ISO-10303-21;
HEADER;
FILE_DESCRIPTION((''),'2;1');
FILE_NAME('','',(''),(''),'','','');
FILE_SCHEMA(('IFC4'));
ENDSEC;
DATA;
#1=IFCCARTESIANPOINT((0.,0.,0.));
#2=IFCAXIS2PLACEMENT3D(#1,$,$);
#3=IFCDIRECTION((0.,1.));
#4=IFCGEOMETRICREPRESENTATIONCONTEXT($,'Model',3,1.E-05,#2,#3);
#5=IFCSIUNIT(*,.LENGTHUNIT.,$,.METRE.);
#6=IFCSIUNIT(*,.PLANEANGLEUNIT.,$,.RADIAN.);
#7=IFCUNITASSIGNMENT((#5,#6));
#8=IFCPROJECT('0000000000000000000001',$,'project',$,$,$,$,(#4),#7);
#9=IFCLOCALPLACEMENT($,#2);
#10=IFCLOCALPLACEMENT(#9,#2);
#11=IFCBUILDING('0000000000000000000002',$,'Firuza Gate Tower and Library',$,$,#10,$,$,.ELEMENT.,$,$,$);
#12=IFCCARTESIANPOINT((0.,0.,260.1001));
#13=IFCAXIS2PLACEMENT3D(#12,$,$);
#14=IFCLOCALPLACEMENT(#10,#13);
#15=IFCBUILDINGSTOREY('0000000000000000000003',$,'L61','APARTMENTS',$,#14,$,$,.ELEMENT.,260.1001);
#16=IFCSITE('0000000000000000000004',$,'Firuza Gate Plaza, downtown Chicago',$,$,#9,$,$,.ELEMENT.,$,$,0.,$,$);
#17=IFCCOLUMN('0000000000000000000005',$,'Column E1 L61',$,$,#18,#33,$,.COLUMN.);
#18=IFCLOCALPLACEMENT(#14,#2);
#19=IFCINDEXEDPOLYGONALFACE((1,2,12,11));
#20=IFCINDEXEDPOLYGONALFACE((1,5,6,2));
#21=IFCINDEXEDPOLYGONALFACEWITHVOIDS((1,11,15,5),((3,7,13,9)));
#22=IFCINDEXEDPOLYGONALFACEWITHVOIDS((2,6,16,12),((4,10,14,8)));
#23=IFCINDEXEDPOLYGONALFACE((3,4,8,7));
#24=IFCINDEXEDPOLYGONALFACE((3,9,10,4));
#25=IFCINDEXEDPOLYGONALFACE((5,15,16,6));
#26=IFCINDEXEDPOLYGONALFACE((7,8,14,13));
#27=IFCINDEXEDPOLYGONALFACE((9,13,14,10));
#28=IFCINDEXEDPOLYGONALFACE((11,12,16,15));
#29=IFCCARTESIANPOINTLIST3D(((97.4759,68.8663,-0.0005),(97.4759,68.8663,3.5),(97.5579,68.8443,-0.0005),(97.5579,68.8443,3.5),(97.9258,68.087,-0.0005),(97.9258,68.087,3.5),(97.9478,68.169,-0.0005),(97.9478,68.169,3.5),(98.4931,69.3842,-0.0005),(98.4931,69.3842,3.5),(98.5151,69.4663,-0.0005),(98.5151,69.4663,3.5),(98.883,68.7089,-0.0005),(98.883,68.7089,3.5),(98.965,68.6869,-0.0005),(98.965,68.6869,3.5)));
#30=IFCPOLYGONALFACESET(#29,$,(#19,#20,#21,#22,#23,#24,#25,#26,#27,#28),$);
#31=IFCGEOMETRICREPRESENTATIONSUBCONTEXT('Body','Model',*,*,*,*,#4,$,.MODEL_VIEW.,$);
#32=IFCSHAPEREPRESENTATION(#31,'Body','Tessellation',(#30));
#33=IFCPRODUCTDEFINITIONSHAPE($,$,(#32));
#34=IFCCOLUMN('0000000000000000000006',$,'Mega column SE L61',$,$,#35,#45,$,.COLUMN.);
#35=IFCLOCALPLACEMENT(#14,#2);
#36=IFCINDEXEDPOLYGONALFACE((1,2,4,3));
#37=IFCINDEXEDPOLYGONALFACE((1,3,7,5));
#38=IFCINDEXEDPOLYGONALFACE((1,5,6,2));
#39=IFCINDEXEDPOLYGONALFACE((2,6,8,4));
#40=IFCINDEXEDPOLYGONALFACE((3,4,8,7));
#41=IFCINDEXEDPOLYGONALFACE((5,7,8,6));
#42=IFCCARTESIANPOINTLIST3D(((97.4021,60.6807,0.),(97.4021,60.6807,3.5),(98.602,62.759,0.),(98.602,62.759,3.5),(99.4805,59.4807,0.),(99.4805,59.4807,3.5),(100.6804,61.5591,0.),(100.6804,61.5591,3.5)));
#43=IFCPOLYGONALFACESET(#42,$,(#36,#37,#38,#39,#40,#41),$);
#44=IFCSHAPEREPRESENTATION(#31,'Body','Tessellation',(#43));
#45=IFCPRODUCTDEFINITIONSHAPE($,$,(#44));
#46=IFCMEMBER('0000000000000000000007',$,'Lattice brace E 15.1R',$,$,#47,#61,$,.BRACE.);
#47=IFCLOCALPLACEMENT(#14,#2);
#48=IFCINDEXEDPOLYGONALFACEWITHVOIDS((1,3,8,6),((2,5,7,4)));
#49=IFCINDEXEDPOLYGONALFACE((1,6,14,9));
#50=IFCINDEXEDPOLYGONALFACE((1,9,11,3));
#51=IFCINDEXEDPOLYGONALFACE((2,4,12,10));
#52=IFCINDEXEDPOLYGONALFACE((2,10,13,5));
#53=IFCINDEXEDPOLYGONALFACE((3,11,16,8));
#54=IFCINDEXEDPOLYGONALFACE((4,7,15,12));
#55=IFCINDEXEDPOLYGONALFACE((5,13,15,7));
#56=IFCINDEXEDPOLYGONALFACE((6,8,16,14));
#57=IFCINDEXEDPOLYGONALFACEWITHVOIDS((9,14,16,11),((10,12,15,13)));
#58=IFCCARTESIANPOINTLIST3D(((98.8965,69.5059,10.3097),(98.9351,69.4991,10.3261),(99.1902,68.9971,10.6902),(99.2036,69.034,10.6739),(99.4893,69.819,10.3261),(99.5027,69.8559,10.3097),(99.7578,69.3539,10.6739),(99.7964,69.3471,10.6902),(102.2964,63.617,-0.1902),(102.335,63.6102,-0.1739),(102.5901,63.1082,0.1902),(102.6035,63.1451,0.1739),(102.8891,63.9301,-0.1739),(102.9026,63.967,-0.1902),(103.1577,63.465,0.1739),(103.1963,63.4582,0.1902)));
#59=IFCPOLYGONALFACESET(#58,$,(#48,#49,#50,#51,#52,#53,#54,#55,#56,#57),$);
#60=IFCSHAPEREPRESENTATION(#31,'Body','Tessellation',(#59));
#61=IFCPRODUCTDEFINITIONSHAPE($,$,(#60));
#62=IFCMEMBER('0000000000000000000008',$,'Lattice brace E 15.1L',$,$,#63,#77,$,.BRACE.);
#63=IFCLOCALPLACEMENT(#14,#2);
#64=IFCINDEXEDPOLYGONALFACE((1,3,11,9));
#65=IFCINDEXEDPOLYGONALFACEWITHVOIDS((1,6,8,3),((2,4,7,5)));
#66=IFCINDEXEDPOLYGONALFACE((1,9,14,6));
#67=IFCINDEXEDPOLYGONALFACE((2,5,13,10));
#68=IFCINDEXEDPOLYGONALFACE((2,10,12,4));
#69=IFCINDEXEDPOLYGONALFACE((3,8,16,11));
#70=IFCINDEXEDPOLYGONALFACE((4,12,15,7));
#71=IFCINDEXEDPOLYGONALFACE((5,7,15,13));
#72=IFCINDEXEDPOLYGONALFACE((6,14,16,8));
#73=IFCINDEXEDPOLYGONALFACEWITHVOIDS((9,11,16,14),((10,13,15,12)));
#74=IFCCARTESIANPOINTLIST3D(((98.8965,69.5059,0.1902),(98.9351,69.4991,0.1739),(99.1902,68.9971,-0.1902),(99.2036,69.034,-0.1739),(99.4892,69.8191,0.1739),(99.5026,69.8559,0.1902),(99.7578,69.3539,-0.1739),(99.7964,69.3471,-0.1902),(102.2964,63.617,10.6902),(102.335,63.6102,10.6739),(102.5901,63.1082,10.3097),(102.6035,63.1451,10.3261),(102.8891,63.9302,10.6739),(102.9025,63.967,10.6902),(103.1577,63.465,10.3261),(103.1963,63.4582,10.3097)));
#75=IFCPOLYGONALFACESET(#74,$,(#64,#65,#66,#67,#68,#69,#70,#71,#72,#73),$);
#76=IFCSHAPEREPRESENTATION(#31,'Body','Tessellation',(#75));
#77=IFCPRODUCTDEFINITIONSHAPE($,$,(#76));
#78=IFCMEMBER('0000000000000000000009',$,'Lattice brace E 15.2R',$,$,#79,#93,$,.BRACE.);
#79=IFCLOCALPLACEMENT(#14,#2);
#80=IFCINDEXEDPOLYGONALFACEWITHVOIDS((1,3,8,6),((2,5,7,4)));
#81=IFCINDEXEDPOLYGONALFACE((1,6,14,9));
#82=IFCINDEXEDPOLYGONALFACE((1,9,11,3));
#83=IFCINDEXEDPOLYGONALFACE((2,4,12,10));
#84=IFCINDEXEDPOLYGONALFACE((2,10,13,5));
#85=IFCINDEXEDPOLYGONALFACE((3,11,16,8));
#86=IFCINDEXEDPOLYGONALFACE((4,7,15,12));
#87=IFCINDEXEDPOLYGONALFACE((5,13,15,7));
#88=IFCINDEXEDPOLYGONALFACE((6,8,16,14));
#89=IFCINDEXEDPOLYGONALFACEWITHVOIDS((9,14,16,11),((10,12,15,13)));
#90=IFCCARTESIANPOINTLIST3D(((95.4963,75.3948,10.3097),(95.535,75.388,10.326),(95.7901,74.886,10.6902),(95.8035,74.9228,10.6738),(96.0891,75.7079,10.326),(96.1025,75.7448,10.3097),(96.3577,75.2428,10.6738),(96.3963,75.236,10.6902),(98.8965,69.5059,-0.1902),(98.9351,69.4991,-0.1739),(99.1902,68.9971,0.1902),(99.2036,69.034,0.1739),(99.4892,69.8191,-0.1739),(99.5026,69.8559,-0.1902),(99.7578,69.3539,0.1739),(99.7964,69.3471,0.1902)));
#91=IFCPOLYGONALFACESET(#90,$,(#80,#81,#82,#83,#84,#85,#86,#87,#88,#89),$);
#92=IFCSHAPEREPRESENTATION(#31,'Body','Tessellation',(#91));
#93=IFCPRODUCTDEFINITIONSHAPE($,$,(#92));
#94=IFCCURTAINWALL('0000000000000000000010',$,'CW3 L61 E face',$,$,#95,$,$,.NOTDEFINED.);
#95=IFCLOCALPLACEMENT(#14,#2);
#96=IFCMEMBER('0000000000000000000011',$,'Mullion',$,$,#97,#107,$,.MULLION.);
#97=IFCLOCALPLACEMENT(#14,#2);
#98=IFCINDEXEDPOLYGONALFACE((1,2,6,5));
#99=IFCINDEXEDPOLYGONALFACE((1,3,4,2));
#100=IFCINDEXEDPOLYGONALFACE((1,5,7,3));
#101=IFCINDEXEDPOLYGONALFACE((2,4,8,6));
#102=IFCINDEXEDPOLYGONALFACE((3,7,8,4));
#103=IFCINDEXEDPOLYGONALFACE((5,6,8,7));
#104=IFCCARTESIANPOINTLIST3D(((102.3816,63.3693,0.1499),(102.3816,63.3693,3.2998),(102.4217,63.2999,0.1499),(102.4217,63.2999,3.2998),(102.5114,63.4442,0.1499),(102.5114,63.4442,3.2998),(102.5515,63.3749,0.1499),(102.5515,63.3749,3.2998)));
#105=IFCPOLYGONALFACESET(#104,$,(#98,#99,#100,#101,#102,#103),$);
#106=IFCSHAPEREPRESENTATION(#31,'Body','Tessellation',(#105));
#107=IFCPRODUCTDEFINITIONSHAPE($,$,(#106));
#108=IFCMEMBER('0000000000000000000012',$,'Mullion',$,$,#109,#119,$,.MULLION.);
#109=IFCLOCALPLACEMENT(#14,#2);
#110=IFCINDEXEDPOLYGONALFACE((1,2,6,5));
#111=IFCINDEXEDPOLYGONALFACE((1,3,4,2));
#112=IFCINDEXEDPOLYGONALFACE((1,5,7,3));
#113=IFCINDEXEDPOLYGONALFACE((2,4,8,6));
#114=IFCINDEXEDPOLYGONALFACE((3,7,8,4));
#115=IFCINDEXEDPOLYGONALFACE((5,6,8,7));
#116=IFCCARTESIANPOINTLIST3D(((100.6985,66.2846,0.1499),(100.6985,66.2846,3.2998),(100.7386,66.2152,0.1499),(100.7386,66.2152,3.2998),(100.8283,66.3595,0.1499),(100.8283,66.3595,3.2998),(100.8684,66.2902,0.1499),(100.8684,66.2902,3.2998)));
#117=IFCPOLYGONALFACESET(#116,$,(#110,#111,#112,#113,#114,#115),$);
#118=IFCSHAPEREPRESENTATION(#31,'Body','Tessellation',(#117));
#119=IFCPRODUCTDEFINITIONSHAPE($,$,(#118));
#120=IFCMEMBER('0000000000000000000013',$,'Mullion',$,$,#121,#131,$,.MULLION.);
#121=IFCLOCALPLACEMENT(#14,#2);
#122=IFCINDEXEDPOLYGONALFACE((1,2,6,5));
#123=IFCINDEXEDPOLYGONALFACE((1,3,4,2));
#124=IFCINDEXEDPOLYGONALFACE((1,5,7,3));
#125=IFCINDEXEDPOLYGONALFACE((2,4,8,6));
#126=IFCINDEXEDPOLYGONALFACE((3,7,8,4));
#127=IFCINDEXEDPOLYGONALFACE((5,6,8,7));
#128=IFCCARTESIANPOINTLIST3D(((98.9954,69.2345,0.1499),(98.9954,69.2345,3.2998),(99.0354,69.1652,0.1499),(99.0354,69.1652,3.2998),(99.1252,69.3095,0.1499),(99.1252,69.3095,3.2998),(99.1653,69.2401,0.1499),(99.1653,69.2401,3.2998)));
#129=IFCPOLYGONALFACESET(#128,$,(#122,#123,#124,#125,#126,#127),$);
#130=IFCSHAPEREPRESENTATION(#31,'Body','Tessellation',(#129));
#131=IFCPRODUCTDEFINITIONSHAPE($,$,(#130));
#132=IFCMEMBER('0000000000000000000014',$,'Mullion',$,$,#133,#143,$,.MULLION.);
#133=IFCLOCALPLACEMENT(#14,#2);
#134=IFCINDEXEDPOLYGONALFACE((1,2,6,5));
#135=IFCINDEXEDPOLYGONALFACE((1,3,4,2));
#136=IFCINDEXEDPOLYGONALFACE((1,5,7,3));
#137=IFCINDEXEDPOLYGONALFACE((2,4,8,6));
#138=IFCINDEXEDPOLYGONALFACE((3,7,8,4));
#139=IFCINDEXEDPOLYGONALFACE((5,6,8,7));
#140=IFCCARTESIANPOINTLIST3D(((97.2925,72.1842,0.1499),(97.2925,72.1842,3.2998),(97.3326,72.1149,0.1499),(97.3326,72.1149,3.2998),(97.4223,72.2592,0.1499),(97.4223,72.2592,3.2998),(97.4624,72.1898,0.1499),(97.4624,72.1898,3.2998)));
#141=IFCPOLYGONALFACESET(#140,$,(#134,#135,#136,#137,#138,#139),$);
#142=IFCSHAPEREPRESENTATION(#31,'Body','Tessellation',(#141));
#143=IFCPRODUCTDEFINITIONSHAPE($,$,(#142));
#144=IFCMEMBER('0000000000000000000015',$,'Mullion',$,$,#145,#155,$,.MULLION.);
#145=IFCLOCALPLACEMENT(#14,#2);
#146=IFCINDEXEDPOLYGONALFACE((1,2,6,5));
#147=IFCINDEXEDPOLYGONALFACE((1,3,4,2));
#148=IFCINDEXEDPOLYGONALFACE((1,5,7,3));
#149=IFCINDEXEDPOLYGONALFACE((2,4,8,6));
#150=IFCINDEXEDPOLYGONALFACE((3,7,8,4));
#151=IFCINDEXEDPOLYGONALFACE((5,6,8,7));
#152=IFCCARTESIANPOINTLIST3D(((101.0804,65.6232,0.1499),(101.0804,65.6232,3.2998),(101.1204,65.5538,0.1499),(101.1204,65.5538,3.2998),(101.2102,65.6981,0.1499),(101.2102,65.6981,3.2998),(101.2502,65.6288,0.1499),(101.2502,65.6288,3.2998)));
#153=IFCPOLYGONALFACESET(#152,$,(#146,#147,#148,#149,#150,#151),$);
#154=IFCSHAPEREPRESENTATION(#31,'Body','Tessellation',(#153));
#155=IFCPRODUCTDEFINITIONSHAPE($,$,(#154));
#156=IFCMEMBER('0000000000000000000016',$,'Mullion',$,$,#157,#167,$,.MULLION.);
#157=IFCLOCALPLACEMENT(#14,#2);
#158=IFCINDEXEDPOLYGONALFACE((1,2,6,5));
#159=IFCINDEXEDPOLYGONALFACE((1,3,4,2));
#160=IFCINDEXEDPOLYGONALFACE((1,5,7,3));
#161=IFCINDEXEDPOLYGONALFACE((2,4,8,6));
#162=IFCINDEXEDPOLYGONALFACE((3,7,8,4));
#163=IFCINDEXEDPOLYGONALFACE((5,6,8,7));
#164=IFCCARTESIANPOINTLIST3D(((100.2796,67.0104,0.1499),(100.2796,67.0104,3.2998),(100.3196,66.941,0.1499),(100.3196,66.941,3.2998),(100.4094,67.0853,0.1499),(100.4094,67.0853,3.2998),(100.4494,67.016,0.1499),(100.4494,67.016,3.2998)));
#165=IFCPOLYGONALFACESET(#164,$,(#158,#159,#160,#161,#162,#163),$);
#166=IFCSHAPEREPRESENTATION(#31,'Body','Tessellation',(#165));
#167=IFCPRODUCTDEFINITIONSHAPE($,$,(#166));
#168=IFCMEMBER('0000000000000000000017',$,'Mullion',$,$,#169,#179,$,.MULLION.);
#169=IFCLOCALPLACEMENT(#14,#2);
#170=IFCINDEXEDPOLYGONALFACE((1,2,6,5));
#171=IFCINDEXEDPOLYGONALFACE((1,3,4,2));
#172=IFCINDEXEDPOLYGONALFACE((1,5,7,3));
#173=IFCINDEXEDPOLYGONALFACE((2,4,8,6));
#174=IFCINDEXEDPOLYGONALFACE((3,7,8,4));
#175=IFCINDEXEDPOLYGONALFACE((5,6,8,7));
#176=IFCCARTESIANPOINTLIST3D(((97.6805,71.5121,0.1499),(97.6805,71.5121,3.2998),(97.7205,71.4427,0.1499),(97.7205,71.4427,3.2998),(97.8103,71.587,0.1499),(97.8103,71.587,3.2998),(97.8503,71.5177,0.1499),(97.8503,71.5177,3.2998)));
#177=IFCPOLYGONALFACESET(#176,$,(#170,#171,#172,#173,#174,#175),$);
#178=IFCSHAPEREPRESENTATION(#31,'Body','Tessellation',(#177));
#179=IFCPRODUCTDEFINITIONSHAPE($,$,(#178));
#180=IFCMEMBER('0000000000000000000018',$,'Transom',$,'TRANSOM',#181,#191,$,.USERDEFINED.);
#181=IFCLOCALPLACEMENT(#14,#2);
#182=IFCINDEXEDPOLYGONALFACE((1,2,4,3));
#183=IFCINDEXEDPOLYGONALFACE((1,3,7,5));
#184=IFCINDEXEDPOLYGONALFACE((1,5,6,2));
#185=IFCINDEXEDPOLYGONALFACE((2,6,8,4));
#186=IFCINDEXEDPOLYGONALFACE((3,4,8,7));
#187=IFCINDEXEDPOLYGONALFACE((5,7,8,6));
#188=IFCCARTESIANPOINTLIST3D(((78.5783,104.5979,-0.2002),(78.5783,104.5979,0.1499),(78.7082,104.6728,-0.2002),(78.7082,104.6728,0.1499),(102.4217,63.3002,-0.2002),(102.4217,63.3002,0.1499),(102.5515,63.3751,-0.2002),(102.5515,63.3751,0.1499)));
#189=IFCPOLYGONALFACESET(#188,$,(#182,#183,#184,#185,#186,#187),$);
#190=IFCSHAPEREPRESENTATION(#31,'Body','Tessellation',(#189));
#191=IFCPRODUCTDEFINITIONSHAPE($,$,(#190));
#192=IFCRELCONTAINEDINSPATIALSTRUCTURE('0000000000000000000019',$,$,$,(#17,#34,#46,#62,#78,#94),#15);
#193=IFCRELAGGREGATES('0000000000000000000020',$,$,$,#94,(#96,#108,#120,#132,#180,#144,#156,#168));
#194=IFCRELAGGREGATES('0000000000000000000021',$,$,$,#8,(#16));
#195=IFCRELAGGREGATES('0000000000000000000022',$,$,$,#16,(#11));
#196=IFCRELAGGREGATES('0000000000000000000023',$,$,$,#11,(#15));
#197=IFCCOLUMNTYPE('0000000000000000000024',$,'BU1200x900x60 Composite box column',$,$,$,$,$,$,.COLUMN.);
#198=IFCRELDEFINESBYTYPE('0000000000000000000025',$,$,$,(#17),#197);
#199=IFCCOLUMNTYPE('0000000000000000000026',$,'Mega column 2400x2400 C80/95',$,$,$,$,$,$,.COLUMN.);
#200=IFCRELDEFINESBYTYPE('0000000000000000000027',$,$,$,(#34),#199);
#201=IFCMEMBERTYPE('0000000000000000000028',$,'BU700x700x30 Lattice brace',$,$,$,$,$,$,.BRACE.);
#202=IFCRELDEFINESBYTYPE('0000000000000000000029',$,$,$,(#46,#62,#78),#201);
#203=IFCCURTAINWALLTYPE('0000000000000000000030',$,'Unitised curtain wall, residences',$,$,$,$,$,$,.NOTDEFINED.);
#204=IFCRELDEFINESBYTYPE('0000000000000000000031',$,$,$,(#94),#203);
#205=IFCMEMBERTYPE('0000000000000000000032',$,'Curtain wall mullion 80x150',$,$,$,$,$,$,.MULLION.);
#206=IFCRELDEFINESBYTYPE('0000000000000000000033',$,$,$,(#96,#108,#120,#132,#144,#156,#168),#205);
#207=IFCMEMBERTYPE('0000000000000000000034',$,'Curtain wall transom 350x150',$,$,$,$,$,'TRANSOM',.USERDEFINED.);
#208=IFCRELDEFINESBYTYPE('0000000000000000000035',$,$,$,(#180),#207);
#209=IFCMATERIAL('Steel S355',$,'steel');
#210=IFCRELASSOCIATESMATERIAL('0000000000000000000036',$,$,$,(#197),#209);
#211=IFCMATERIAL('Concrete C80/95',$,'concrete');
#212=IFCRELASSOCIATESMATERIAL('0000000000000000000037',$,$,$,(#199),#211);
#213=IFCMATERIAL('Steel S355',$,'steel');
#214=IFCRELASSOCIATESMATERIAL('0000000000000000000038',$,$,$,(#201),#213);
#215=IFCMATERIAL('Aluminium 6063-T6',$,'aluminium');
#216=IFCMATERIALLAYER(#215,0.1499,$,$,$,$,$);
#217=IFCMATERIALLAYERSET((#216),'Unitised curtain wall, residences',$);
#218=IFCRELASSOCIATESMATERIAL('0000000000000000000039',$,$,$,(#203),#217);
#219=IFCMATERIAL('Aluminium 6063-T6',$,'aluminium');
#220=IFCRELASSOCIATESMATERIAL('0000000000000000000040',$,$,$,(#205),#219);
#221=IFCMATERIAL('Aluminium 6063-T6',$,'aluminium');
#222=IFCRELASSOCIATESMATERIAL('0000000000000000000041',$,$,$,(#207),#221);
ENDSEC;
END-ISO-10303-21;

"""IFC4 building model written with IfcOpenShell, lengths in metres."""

from ifc_helpers import new_model, si_unit, direction, frame, origin, origin_2d, place, context, subcontext, project, spatial, rectangle, hollow_rectangle, extrude, material, layer, layer_set, material_profile, profile_set, type_object, element, aggregate, save


model = new_model("IFC4")

# Units and contexts
model_context = context("Model", 3, precision=1e-05, world=origin(), true_north=direction((0.0, 1.0)))
body_context = subcontext(model_context, "Body", "Model", "MODEL_VIEW")
ifc_project = project(units=[si_unit("LENGTHUNIT", "METRE"), si_unit("PLANEANGLEUNIT", "RADIAN")], contexts=[model_context])

# Site, building, storey
site_placement = place(None, origin())
site = spatial("IfcSite", under=ifc_project, at=site_placement, Name="Firuza Gate Plaza, downtown Chicago", CompositionType="ELEMENT", RefElevation=0.0)
building_placement = place(site_placement, origin())
building = spatial("IfcBuilding", under=site, at=building_placement, Name="Firuza Gate Tower and Library", CompositionType="ELEMENT")
storey_placement = place(building_placement, frame((0.0, 0.0, 260.1001)))
storey = spatial("IfcBuildingStorey", under=building, at=storey_placement, Name="L61", Description="APARTMENTS", CompositionType="ELEMENT", Elevation=260.1001)

# Columns
ifc_material_1 = material(Name="Steel S355", Category="steel")
ifc_material_profile_1 = material_profile(ifc_material_1, hollow_rectangle(XDim=0.8999, YDim=1.2, WallThickness=0.0601, at=origin_2d()))
ifc_profile_set_1 = profile_set([ifc_material_profile_1], Name="Steel S355")
column_type_1 = type_object("IfcColumnType", Name="BU1200x900x60 Composite box column", PredefinedType="COLUMN", material=ifc_profile_set_1)
column_1_placement = place(storey_placement, frame((98.2205, 68.7766, -0.0005), z_axis=(0.0, 0.0, 1.0), x_axis=(-0.5, 0.866025, 0.0)))
element("IfcColumn", 1, at=column_1_placement, inside=storey, type_object=column_type_1, Name="Column E1 L61", PredefinedType="COLUMN", context=body_context, shape_type="SweptSolid", body=[
    extrude(hollow_rectangle(XDim=0.8999, YDim=1.2, WallThickness=0.0601, at=origin_2d()), origin(), (0.0, 0.0, 1.0), 3.5005),
])
ifc_material_2 = material(Name="Concrete C80/95", Category="concrete")
ifc_material_profile_2 = material_profile(ifc_material_2, rectangle(XDim=2.3999, YDim=2.3999, at=origin_2d()))
ifc_profile_set_2 = profile_set([ifc_material_profile_2], Name="Concrete C80/95")
column_type_2 = type_object("IfcColumnType", Name="Mega column 2400x2400 C80/95", PredefinedType="COLUMN", material=ifc_profile_set_2)
column_2_placement = place(storey_placement, frame((99.0413, 61.1199, 0.0), z_axis=(0.0, 0.0, 1.0), x_axis=(0.5, 0.866025, 0.0)))
element("IfcColumn", 2, at=column_2_placement, inside=storey, type_object=column_type_2, Name="Mega column SE L61", PredefinedType="COLUMN", context=body_context, shape_type="SweptSolid", body=[
    extrude(rectangle(XDim=2.3999, YDim=2.3999, at=origin_2d()), origin(), (0.0, 0.0, 1.0), 3.5),
])

# Members
ifc_material_3 = material(Name="Steel S355", Category="steel")
ifc_material_profile_3 = material_profile(ifc_material_3, hollow_rectangle(XDim=0.7, YDim=0.7, WallThickness=0.03, at=origin_2d()))
ifc_profile_set_3 = profile_set([ifc_material_profile_3], Name="Steel S355")
member_type_1 = type_object("IfcMemberType", Name="BU700x700x30 Lattice brace", PredefinedType="BRACE", material=ifc_profile_set_3)
for number, where, z_axis, x_axis, name in (
    (3, (102.7463, 63.5376, 0.0), (-0.271785, 0.470754, 0.839359), (-0.86603, -0.499993, 0.0), "Lattice brace E 15.1R"),
    (4, (99.3464, 69.4265, 0.0), (0.271785, -0.470754, 0.839359), (0.86603, 0.499993, 0.0), "Lattice brace E 15.1L"),
    (5, (99.3464, 69.4265, 0.0), (-0.271803, 0.470751, 0.839355), (-0.866014, -0.50002, 0.0), "Lattice brace E 15.2R"),
):
    element("IfcMember", number, at=place(storey_placement, frame(where, z_axis=z_axis, x_axis=x_axis)), inside=storey, type_object=member_type_1, Name=name, PredefinedType="BRACE", context=body_context, shape_type="SweptSolid", body=[
        extrude(hollow_rectangle(XDim=0.7, YDim=0.7, WallThickness=0.03, at=origin_2d()), origin(), (0.0, 0.0, 1.0), 12.5095),
    ])

# Curtain wall, members
ifc_material_4 = material(Name="Aluminium 6063-T6", Category="aluminium")
ifc_layer_1 = layer(ifc_material_4, 0.1499)
ifc_layer_set_1 = layer_set([ifc_layer_1], Name="Unitised curtain wall, residences")
curtain_wall_type = type_object("IfcCurtainWallType", Name="Unitised curtain wall, residences", PredefinedType="NOTDEFINED", material=ifc_layer_set_1)
curtain_wall_placement = place(storey_placement, origin())
curtain_wall = element("IfcCurtainWall", 6, at=curtain_wall_placement, inside=storey, type_object=curtain_wall_type, Name="CW3 L61 E face", PredefinedType="NOTDEFINED")
ifc_material_5 = material(Name="Aluminium 6063-T6", Category="aluminium")
ifc_material_profile_4 = material_profile(ifc_material_5, rectangle(XDim=0.1499, YDim=0.0801, at=origin_2d()))
ifc_profile_set_4 = profile_set([ifc_material_profile_4], Name="Aluminium 6063-T6")
member_type_2 = type_object("IfcMemberType", Name="Curtain wall mullion 80x150", PredefinedType="MULLION", material=ifc_profile_set_4)
member_1_placement = place(storey_placement, frame((102.4666, 63.3721, 0.1499), z_axis=(0.0, 0.0, 1.0), x_axis=(-0.866025, -0.5, 0.0)))
member_1 = element("IfcMember", 7, at=member_1_placement, type_object=member_type_2, Name="Mullion", PredefinedType="MULLION", context=body_context, shape_type="SweptSolid", body=[
    extrude(rectangle(XDim=0.1499, YDim=0.0801, at=origin_2d()), origin(), (0.0, 0.0, 1.0), 3.1499),
])
member_2_placement = place(storey_placement, frame((100.7834, 66.2874, 0.1499), z_axis=(0.0, 0.0, 1.0), x_axis=(-0.866025, -0.5, 0.0)))
member_2 = element("IfcMember", 8, at=member_2_placement, type_object=member_type_2, Name="Mullion", PredefinedType="MULLION", context=body_context, shape_type="SweptSolid", body=[
    extrude(rectangle(XDim=0.1499, YDim=0.0801, at=origin_2d()), origin(), (0.0, 0.0, 1.0), 3.1499),
])
member_3_placement = place(storey_placement, frame((99.0803, 69.2373, 0.1499), z_axis=(0.0, 0.0, 1.0), x_axis=(-0.866025, -0.5, 0.0)))
member_3 = element("IfcMember", 9, at=member_3_placement, type_object=member_type_2, Name="Mullion", PredefinedType="MULLION", context=body_context, shape_type="SweptSolid", body=[
    extrude(rectangle(XDim=0.1499, YDim=0.0801, at=origin_2d()), origin(), (0.0, 0.0, 1.0), 3.1499),
])
member_4_placement = place(storey_placement, frame((97.3774, 72.187, 0.1499), z_axis=(0.0, 0.0, 1.0), x_axis=(-0.866025, -0.5, 0.0)))
member_4 = element("IfcMember", 10, at=member_4_placement, type_object=member_type_2, Name="Mullion", PredefinedType="MULLION", context=body_context, shape_type="SweptSolid", body=[
    extrude(rectangle(XDim=0.1499, YDim=0.0801, at=origin_2d()), origin(), (0.0, 0.0, 1.0), 3.1499),
])
member_5_placement = place(storey_placement, frame((101.1653, 65.626, 0.1499), z_axis=(0.0, 0.0, 1.0), x_axis=(-0.866025, -0.5, 0.0)))
member_5 = element("IfcMember", 11, at=member_5_placement, type_object=member_type_2, Name="Mullion", PredefinedType="MULLION", context=body_context, shape_type="SweptSolid", body=[
    extrude(rectangle(XDim=0.1499, YDim=0.0801, at=origin_2d()), origin(), (0.0, 0.0, 1.0), 3.1499),
])
member_6_placement = place(storey_placement, frame((100.3645, 67.0132, 0.1499), z_axis=(0.0, 0.0, 1.0), x_axis=(-0.866025, -0.5, 0.0)))
member_6 = element("IfcMember", 12, at=member_6_placement, type_object=member_type_2, Name="Mullion", PredefinedType="MULLION", context=body_context, shape_type="SweptSolid", body=[
    extrude(rectangle(XDim=0.1499, YDim=0.0801, at=origin_2d()), origin(), (0.0, 0.0, 1.0), 3.1499),
])
member_7_placement = place(storey_placement, frame((97.7654, 71.5149, 0.1499), z_axis=(0.0, 0.0, 1.0), x_axis=(-0.866025, -0.5, 0.0)))
member_7 = element("IfcMember", 13, at=member_7_placement, type_object=member_type_2, Name="Mullion", PredefinedType="MULLION", context=body_context, shape_type="SweptSolid", body=[
    extrude(rectangle(XDim=0.1499, YDim=0.0801, at=origin_2d()), origin(), (0.0, 0.0, 1.0), 3.1499),
])
ifc_material_6 = material(Name="Aluminium 6063-T6", Category="aluminium")
ifc_material_profile_5 = material_profile(ifc_material_6, rectangle(XDim=0.1499, YDim=0.3501, at=origin_2d()))
ifc_profile_set_5 = profile_set([ifc_material_profile_5], Name="Aluminium 6063-T6")
member_type_3 = type_object("IfcMemberType", Name="Curtain wall transom 350x150", ElementType="TRANSOM", PredefinedType="USERDEFINED", material=ifc_profile_set_5)
member_8_placement = place(storey_placement, frame((102.4866, 63.3376, -0.0251), z_axis=(-0.500001, 0.866025, 0.0), x_axis=(-0.866025, -0.500001, 0.0)))
member_8 = element("IfcMember", 14, at=member_8_placement, type_object=member_type_3, Name="Transom", ObjectType="TRANSOM", PredefinedType="USERDEFINED", context=body_context, shape_type="SweptSolid", body=[
    extrude(rectangle(XDim=0.1499, YDim=0.3501, at=origin_2d()), origin(), (0.0, 0.0, 1.0), 47.6865),
])

aggregate(curtain_wall, [member_1, member_2, member_3, member_4, member_8, member_5, member_6, member_7])

save(model, "model.ifc")
